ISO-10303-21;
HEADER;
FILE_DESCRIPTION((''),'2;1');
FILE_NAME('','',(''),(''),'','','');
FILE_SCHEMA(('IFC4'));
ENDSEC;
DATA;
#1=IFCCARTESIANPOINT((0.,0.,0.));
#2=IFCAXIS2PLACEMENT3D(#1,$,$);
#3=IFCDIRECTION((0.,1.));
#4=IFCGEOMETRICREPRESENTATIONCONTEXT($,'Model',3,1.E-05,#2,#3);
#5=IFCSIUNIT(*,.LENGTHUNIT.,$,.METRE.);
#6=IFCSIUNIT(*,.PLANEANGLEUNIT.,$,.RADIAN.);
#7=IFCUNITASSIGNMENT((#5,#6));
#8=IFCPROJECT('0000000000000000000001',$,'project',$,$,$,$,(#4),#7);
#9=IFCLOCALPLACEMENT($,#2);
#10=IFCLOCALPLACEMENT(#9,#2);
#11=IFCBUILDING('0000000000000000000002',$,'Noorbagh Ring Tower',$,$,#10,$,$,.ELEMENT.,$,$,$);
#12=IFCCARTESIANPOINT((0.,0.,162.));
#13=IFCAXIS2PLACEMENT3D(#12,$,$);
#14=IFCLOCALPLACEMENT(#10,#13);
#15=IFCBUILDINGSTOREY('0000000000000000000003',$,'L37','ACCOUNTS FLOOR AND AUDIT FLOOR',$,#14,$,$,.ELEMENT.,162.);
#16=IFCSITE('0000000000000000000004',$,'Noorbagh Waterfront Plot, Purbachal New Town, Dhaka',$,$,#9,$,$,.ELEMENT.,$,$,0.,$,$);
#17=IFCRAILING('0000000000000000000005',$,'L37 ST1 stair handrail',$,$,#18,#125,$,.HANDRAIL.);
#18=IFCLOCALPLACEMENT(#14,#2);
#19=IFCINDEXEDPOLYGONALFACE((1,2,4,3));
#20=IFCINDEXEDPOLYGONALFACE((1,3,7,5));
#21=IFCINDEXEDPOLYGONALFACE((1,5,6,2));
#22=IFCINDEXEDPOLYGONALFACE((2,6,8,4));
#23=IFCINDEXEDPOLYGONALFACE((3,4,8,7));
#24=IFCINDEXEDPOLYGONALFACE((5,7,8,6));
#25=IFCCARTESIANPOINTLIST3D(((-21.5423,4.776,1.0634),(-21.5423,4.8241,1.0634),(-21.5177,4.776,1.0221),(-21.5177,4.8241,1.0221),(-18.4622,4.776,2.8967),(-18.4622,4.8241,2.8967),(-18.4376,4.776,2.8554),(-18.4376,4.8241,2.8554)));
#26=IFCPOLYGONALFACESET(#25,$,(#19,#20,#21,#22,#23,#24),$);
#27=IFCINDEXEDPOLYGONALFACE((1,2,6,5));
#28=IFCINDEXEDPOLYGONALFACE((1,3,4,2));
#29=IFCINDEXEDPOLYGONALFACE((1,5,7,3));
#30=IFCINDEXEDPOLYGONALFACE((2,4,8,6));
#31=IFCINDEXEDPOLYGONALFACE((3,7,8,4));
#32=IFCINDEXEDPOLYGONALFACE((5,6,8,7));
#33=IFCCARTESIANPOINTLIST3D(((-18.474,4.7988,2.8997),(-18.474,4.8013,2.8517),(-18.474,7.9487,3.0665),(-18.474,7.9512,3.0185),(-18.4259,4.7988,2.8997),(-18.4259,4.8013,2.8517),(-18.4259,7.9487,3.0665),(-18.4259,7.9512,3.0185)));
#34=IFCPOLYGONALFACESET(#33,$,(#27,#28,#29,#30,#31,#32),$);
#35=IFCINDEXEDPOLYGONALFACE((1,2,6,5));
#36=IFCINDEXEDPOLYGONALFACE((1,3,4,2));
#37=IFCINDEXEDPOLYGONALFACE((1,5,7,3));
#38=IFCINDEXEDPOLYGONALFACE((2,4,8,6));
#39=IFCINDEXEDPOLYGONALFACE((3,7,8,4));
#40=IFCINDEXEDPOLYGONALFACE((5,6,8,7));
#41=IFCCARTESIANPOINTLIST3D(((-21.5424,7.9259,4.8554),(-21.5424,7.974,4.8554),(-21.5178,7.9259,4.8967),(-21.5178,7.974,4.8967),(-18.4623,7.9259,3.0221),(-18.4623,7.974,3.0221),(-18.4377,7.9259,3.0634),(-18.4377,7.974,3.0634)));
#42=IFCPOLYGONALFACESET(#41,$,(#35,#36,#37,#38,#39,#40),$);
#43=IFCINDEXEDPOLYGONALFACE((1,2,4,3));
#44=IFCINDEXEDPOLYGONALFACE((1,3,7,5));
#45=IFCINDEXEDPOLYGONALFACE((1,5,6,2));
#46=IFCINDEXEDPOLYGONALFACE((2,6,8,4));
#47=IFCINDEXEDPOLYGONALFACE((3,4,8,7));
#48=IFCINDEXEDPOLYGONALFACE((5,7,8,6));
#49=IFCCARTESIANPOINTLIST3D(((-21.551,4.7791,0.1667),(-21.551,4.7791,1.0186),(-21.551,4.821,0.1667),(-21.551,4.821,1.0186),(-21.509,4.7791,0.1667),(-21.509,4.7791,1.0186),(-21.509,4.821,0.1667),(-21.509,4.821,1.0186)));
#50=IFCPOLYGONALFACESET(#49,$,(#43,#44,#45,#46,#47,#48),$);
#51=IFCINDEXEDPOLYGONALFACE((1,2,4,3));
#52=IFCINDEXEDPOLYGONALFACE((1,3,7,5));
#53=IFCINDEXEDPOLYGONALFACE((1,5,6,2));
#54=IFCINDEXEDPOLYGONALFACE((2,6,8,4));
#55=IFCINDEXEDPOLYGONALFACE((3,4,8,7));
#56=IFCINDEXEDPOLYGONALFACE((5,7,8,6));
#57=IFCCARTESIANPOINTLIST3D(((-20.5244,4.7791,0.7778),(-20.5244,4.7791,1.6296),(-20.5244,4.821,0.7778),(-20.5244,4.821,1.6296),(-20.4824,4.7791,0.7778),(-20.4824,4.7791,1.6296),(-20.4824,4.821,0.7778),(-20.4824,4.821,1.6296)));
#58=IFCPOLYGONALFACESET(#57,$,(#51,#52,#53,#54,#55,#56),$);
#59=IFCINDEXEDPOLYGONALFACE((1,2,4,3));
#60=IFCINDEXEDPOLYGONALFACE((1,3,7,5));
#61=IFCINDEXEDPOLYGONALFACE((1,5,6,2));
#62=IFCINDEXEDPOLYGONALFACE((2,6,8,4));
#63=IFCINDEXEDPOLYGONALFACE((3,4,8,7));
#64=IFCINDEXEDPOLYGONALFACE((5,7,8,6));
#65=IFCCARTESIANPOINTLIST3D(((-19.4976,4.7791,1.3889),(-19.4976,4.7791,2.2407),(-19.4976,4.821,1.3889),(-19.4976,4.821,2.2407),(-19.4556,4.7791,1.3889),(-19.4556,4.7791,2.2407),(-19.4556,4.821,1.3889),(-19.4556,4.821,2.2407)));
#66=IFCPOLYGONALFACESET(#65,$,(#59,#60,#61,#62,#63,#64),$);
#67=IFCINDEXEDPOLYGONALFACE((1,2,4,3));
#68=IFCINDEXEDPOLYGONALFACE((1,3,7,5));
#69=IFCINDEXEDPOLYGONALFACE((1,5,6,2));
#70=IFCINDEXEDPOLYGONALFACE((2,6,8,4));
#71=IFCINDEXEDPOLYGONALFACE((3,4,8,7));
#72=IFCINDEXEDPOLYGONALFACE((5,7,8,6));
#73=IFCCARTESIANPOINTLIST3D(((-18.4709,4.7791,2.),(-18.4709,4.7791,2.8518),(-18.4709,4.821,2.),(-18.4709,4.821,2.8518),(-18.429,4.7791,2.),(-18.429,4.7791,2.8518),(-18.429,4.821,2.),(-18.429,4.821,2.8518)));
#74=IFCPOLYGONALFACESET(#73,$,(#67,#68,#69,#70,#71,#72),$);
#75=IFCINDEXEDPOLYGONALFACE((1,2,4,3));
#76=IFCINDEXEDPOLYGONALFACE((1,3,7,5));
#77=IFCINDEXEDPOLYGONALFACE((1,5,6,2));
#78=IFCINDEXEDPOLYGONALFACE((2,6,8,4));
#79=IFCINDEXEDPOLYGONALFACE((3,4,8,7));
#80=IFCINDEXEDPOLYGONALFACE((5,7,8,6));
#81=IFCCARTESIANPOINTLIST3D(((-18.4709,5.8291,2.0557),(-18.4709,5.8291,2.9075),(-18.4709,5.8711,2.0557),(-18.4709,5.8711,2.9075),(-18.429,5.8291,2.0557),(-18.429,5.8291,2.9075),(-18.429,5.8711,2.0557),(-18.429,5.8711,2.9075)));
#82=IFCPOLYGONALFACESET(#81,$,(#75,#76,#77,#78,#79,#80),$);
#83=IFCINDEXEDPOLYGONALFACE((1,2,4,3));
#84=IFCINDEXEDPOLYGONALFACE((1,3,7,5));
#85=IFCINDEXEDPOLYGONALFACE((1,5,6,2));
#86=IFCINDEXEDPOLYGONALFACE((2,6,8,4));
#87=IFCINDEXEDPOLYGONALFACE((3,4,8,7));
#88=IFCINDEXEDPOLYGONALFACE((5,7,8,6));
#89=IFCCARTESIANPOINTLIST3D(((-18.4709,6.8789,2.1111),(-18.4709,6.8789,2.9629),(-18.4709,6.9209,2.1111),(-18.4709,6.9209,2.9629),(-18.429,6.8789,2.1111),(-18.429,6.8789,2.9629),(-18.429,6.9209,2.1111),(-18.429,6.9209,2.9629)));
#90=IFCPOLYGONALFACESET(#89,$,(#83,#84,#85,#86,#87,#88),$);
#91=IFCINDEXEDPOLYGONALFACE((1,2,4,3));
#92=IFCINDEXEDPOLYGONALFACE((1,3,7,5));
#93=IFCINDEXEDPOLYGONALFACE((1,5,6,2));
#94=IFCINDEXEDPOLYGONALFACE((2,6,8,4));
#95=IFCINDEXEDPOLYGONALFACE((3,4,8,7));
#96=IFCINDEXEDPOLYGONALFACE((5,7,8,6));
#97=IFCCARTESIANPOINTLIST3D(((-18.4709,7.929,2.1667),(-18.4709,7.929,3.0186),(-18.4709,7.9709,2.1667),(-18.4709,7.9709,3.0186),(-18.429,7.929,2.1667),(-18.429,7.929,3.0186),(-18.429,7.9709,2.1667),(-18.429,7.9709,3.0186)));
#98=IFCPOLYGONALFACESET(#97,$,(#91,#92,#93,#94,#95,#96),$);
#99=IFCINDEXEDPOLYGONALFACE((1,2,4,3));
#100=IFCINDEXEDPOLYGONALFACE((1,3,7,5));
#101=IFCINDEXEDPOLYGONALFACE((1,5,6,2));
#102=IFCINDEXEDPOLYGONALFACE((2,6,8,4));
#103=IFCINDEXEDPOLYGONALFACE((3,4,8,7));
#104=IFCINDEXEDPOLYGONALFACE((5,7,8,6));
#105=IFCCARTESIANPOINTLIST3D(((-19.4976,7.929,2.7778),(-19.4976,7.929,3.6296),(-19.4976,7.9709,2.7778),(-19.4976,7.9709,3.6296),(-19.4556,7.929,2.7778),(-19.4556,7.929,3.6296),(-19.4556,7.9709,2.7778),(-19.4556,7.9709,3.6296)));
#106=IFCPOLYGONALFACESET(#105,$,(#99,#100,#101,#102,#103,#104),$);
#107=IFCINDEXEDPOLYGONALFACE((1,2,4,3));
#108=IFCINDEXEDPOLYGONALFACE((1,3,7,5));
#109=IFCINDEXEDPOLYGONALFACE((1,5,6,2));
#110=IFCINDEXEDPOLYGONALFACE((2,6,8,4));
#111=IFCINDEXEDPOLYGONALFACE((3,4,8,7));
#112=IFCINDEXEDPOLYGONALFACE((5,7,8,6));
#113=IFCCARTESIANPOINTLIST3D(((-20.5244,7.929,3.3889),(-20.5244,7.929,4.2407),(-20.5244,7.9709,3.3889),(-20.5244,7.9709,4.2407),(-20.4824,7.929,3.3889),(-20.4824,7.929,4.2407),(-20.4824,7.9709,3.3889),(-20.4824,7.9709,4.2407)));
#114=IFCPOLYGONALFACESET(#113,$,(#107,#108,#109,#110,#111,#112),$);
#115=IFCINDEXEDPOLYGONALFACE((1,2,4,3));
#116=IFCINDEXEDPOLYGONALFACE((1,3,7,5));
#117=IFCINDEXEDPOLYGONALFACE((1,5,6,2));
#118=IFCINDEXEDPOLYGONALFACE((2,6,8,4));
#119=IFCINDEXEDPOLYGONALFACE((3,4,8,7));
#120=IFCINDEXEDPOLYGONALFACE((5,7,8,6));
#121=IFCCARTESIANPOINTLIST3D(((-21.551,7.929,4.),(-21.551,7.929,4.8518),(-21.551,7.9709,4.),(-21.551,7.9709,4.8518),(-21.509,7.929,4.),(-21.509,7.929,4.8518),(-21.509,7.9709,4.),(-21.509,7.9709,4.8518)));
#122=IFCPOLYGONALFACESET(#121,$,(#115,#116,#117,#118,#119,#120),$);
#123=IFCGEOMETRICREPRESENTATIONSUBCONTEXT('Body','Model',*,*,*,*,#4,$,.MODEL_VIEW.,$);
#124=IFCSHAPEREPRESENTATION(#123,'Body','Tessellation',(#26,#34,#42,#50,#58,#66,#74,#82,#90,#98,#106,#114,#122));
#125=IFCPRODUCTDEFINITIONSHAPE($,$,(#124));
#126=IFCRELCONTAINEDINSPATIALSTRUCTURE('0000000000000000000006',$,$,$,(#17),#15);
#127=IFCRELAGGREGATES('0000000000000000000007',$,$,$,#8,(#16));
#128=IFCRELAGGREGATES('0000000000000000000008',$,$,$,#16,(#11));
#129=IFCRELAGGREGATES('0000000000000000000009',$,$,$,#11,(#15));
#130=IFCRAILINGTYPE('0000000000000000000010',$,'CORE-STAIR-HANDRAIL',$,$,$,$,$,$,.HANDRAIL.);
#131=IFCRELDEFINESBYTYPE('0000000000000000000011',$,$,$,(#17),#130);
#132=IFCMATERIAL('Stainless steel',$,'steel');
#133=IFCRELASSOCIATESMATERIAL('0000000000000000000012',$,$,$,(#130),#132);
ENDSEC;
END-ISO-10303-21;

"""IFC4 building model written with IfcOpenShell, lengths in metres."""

from ifc_helpers import new_model, si_unit, direction, frame, origin, origin_2d, place, context, subcontext, project, spatial, rectangle, extrude, material, type_object, element, save


model = new_model("IFC4")

# Units and contexts
model_context = context("Model", 3, precision=1e-05, world=origin(), true_north=direction((0.0, 1.0)))
body_context = subcontext(model_context, "Body", "Model", "MODEL_VIEW")
ifc_project = project(units=[si_unit("LENGTHUNIT", "METRE"), si_unit("PLANEANGLEUNIT", "RADIAN")], contexts=[model_context])

# Site, building, storey
site_placement = place(None, origin())
site = spatial("IfcSite", under=ifc_project, at=site_placement, Name="Noorbagh Waterfront Plot, Purbachal New Town, Dhaka", CompositionType="ELEMENT", RefElevation=0.0)
building_placement = place(site_placement, origin())
building = spatial("IfcBuilding", under=site, at=building_placement, Name="Noorbagh Ring Tower", CompositionType="ELEMENT")
storey_placement = place(building_placement, frame((0.0, 0.0, 162.0)))
storey = spatial("IfcBuildingStorey", under=building, at=storey_placement, Name="L37", Description="ACCOUNTS FLOOR AND AUDIT FLOOR", CompositionType="ELEMENT", Elevation=162.0)

# Railing
ifc_material_1 = material(Name="Stainless steel", Category="steel")
railing_type_1 = type_object("IfcRailingType", Name="CORE-STAIR-HANDRAIL", PredefinedType="HANDRAIL", material=ifc_material_1)
railing_1_placement = place(storey_placement, frame((-21.53, 4.8, 0.1667)))
element("IfcRailing", 1, at=railing_1_placement, inside=storey, type_object=railing_type_1, Name="L37 ST1 stair handrail", PredefinedType="HANDRAIL", context=body_context, shape_type="SweptSolid", body=[
    extrude(rectangle(XDim=0.0481, YDim=0.0481, at=origin_2d()), frame((0.0, 0.0, 0.876), z_axis=(0.859309, 0.0, 0.511458), x_axis=(0.0, 1.0, 0.0)), (0.0, 0.0, 1.0), 3.5845),
    extrude(rectangle(XDim=0.0481, YDim=0.0481, at=origin_2d()), frame((3.0801, 0.0, 2.709), z_axis=(0.0, 0.998602, 0.052864), x_axis=(-1.0, 0.0, 0.0)), (0.0, 0.0, 1.0), 3.1543),
    extrude(rectangle(XDim=0.0481, YDim=0.0481, at=origin_2d()), frame((3.0801, 3.1499, 2.876), z_axis=(-0.859309, 0.0, 0.511458), x_axis=(0.0, -1.0, 0.0)), (0.0, 0.0, 1.0), 3.5845),
    extrude(rectangle(XDim=0.042, YDim=0.042, at=origin_2d()), origin(), (0.0, 0.0, 1.0), 0.8518),
    extrude(rectangle(XDim=0.042, YDim=0.042, at=origin_2d()), frame((1.0266, 0.0, 0.6111)), (0.0, 0.0, 1.0), 0.8518),
    extrude(rectangle(XDim=0.042, YDim=0.042, at=origin_2d()), frame((2.0535, 0.0, 1.2222)), (0.0, 0.0, 1.0), 0.8518),
    extrude(rectangle(XDim=0.042, YDim=0.042, at=origin_2d()), frame((3.0801, 0.0, 1.8333)), (0.0, 0.0, 1.0), 0.8518),
    extrude(rectangle(XDim=0.042, YDim=0.042, at=origin_2d()), frame((3.0801, 1.05, 1.8889)), (0.0, 0.0, 1.0), 0.8518),
    extrude(rectangle(XDim=0.042, YDim=0.042, at=origin_2d()), frame((3.0801, 2.0999, 1.9443)), (0.0, 0.0, 1.0), 0.8518),
    extrude(rectangle(XDim=0.042, YDim=0.042, at=origin_2d()), frame((3.0801, 3.1499, 2.0)), (0.0, 0.0, 1.0), 0.8518),
    extrude(rectangle(XDim=0.042, YDim=0.042, at=origin_2d()), frame((2.0535, 3.1499, 2.6111)), (0.0, 0.0, 1.0), 0.8518),
    extrude(rectangle(XDim=0.042, YDim=0.042, at=origin_2d()), frame((1.0266, 3.1499, 3.2222)), (0.0, 0.0, 1.0), 0.8518),
    extrude(rectangle(XDim=0.042, YDim=0.042, at=origin_2d()), frame((0.0, 3.1499, 3.8333)), (0.0, 0.0, 1.0), 0.8518),
])

save(model, "model.ifc")
